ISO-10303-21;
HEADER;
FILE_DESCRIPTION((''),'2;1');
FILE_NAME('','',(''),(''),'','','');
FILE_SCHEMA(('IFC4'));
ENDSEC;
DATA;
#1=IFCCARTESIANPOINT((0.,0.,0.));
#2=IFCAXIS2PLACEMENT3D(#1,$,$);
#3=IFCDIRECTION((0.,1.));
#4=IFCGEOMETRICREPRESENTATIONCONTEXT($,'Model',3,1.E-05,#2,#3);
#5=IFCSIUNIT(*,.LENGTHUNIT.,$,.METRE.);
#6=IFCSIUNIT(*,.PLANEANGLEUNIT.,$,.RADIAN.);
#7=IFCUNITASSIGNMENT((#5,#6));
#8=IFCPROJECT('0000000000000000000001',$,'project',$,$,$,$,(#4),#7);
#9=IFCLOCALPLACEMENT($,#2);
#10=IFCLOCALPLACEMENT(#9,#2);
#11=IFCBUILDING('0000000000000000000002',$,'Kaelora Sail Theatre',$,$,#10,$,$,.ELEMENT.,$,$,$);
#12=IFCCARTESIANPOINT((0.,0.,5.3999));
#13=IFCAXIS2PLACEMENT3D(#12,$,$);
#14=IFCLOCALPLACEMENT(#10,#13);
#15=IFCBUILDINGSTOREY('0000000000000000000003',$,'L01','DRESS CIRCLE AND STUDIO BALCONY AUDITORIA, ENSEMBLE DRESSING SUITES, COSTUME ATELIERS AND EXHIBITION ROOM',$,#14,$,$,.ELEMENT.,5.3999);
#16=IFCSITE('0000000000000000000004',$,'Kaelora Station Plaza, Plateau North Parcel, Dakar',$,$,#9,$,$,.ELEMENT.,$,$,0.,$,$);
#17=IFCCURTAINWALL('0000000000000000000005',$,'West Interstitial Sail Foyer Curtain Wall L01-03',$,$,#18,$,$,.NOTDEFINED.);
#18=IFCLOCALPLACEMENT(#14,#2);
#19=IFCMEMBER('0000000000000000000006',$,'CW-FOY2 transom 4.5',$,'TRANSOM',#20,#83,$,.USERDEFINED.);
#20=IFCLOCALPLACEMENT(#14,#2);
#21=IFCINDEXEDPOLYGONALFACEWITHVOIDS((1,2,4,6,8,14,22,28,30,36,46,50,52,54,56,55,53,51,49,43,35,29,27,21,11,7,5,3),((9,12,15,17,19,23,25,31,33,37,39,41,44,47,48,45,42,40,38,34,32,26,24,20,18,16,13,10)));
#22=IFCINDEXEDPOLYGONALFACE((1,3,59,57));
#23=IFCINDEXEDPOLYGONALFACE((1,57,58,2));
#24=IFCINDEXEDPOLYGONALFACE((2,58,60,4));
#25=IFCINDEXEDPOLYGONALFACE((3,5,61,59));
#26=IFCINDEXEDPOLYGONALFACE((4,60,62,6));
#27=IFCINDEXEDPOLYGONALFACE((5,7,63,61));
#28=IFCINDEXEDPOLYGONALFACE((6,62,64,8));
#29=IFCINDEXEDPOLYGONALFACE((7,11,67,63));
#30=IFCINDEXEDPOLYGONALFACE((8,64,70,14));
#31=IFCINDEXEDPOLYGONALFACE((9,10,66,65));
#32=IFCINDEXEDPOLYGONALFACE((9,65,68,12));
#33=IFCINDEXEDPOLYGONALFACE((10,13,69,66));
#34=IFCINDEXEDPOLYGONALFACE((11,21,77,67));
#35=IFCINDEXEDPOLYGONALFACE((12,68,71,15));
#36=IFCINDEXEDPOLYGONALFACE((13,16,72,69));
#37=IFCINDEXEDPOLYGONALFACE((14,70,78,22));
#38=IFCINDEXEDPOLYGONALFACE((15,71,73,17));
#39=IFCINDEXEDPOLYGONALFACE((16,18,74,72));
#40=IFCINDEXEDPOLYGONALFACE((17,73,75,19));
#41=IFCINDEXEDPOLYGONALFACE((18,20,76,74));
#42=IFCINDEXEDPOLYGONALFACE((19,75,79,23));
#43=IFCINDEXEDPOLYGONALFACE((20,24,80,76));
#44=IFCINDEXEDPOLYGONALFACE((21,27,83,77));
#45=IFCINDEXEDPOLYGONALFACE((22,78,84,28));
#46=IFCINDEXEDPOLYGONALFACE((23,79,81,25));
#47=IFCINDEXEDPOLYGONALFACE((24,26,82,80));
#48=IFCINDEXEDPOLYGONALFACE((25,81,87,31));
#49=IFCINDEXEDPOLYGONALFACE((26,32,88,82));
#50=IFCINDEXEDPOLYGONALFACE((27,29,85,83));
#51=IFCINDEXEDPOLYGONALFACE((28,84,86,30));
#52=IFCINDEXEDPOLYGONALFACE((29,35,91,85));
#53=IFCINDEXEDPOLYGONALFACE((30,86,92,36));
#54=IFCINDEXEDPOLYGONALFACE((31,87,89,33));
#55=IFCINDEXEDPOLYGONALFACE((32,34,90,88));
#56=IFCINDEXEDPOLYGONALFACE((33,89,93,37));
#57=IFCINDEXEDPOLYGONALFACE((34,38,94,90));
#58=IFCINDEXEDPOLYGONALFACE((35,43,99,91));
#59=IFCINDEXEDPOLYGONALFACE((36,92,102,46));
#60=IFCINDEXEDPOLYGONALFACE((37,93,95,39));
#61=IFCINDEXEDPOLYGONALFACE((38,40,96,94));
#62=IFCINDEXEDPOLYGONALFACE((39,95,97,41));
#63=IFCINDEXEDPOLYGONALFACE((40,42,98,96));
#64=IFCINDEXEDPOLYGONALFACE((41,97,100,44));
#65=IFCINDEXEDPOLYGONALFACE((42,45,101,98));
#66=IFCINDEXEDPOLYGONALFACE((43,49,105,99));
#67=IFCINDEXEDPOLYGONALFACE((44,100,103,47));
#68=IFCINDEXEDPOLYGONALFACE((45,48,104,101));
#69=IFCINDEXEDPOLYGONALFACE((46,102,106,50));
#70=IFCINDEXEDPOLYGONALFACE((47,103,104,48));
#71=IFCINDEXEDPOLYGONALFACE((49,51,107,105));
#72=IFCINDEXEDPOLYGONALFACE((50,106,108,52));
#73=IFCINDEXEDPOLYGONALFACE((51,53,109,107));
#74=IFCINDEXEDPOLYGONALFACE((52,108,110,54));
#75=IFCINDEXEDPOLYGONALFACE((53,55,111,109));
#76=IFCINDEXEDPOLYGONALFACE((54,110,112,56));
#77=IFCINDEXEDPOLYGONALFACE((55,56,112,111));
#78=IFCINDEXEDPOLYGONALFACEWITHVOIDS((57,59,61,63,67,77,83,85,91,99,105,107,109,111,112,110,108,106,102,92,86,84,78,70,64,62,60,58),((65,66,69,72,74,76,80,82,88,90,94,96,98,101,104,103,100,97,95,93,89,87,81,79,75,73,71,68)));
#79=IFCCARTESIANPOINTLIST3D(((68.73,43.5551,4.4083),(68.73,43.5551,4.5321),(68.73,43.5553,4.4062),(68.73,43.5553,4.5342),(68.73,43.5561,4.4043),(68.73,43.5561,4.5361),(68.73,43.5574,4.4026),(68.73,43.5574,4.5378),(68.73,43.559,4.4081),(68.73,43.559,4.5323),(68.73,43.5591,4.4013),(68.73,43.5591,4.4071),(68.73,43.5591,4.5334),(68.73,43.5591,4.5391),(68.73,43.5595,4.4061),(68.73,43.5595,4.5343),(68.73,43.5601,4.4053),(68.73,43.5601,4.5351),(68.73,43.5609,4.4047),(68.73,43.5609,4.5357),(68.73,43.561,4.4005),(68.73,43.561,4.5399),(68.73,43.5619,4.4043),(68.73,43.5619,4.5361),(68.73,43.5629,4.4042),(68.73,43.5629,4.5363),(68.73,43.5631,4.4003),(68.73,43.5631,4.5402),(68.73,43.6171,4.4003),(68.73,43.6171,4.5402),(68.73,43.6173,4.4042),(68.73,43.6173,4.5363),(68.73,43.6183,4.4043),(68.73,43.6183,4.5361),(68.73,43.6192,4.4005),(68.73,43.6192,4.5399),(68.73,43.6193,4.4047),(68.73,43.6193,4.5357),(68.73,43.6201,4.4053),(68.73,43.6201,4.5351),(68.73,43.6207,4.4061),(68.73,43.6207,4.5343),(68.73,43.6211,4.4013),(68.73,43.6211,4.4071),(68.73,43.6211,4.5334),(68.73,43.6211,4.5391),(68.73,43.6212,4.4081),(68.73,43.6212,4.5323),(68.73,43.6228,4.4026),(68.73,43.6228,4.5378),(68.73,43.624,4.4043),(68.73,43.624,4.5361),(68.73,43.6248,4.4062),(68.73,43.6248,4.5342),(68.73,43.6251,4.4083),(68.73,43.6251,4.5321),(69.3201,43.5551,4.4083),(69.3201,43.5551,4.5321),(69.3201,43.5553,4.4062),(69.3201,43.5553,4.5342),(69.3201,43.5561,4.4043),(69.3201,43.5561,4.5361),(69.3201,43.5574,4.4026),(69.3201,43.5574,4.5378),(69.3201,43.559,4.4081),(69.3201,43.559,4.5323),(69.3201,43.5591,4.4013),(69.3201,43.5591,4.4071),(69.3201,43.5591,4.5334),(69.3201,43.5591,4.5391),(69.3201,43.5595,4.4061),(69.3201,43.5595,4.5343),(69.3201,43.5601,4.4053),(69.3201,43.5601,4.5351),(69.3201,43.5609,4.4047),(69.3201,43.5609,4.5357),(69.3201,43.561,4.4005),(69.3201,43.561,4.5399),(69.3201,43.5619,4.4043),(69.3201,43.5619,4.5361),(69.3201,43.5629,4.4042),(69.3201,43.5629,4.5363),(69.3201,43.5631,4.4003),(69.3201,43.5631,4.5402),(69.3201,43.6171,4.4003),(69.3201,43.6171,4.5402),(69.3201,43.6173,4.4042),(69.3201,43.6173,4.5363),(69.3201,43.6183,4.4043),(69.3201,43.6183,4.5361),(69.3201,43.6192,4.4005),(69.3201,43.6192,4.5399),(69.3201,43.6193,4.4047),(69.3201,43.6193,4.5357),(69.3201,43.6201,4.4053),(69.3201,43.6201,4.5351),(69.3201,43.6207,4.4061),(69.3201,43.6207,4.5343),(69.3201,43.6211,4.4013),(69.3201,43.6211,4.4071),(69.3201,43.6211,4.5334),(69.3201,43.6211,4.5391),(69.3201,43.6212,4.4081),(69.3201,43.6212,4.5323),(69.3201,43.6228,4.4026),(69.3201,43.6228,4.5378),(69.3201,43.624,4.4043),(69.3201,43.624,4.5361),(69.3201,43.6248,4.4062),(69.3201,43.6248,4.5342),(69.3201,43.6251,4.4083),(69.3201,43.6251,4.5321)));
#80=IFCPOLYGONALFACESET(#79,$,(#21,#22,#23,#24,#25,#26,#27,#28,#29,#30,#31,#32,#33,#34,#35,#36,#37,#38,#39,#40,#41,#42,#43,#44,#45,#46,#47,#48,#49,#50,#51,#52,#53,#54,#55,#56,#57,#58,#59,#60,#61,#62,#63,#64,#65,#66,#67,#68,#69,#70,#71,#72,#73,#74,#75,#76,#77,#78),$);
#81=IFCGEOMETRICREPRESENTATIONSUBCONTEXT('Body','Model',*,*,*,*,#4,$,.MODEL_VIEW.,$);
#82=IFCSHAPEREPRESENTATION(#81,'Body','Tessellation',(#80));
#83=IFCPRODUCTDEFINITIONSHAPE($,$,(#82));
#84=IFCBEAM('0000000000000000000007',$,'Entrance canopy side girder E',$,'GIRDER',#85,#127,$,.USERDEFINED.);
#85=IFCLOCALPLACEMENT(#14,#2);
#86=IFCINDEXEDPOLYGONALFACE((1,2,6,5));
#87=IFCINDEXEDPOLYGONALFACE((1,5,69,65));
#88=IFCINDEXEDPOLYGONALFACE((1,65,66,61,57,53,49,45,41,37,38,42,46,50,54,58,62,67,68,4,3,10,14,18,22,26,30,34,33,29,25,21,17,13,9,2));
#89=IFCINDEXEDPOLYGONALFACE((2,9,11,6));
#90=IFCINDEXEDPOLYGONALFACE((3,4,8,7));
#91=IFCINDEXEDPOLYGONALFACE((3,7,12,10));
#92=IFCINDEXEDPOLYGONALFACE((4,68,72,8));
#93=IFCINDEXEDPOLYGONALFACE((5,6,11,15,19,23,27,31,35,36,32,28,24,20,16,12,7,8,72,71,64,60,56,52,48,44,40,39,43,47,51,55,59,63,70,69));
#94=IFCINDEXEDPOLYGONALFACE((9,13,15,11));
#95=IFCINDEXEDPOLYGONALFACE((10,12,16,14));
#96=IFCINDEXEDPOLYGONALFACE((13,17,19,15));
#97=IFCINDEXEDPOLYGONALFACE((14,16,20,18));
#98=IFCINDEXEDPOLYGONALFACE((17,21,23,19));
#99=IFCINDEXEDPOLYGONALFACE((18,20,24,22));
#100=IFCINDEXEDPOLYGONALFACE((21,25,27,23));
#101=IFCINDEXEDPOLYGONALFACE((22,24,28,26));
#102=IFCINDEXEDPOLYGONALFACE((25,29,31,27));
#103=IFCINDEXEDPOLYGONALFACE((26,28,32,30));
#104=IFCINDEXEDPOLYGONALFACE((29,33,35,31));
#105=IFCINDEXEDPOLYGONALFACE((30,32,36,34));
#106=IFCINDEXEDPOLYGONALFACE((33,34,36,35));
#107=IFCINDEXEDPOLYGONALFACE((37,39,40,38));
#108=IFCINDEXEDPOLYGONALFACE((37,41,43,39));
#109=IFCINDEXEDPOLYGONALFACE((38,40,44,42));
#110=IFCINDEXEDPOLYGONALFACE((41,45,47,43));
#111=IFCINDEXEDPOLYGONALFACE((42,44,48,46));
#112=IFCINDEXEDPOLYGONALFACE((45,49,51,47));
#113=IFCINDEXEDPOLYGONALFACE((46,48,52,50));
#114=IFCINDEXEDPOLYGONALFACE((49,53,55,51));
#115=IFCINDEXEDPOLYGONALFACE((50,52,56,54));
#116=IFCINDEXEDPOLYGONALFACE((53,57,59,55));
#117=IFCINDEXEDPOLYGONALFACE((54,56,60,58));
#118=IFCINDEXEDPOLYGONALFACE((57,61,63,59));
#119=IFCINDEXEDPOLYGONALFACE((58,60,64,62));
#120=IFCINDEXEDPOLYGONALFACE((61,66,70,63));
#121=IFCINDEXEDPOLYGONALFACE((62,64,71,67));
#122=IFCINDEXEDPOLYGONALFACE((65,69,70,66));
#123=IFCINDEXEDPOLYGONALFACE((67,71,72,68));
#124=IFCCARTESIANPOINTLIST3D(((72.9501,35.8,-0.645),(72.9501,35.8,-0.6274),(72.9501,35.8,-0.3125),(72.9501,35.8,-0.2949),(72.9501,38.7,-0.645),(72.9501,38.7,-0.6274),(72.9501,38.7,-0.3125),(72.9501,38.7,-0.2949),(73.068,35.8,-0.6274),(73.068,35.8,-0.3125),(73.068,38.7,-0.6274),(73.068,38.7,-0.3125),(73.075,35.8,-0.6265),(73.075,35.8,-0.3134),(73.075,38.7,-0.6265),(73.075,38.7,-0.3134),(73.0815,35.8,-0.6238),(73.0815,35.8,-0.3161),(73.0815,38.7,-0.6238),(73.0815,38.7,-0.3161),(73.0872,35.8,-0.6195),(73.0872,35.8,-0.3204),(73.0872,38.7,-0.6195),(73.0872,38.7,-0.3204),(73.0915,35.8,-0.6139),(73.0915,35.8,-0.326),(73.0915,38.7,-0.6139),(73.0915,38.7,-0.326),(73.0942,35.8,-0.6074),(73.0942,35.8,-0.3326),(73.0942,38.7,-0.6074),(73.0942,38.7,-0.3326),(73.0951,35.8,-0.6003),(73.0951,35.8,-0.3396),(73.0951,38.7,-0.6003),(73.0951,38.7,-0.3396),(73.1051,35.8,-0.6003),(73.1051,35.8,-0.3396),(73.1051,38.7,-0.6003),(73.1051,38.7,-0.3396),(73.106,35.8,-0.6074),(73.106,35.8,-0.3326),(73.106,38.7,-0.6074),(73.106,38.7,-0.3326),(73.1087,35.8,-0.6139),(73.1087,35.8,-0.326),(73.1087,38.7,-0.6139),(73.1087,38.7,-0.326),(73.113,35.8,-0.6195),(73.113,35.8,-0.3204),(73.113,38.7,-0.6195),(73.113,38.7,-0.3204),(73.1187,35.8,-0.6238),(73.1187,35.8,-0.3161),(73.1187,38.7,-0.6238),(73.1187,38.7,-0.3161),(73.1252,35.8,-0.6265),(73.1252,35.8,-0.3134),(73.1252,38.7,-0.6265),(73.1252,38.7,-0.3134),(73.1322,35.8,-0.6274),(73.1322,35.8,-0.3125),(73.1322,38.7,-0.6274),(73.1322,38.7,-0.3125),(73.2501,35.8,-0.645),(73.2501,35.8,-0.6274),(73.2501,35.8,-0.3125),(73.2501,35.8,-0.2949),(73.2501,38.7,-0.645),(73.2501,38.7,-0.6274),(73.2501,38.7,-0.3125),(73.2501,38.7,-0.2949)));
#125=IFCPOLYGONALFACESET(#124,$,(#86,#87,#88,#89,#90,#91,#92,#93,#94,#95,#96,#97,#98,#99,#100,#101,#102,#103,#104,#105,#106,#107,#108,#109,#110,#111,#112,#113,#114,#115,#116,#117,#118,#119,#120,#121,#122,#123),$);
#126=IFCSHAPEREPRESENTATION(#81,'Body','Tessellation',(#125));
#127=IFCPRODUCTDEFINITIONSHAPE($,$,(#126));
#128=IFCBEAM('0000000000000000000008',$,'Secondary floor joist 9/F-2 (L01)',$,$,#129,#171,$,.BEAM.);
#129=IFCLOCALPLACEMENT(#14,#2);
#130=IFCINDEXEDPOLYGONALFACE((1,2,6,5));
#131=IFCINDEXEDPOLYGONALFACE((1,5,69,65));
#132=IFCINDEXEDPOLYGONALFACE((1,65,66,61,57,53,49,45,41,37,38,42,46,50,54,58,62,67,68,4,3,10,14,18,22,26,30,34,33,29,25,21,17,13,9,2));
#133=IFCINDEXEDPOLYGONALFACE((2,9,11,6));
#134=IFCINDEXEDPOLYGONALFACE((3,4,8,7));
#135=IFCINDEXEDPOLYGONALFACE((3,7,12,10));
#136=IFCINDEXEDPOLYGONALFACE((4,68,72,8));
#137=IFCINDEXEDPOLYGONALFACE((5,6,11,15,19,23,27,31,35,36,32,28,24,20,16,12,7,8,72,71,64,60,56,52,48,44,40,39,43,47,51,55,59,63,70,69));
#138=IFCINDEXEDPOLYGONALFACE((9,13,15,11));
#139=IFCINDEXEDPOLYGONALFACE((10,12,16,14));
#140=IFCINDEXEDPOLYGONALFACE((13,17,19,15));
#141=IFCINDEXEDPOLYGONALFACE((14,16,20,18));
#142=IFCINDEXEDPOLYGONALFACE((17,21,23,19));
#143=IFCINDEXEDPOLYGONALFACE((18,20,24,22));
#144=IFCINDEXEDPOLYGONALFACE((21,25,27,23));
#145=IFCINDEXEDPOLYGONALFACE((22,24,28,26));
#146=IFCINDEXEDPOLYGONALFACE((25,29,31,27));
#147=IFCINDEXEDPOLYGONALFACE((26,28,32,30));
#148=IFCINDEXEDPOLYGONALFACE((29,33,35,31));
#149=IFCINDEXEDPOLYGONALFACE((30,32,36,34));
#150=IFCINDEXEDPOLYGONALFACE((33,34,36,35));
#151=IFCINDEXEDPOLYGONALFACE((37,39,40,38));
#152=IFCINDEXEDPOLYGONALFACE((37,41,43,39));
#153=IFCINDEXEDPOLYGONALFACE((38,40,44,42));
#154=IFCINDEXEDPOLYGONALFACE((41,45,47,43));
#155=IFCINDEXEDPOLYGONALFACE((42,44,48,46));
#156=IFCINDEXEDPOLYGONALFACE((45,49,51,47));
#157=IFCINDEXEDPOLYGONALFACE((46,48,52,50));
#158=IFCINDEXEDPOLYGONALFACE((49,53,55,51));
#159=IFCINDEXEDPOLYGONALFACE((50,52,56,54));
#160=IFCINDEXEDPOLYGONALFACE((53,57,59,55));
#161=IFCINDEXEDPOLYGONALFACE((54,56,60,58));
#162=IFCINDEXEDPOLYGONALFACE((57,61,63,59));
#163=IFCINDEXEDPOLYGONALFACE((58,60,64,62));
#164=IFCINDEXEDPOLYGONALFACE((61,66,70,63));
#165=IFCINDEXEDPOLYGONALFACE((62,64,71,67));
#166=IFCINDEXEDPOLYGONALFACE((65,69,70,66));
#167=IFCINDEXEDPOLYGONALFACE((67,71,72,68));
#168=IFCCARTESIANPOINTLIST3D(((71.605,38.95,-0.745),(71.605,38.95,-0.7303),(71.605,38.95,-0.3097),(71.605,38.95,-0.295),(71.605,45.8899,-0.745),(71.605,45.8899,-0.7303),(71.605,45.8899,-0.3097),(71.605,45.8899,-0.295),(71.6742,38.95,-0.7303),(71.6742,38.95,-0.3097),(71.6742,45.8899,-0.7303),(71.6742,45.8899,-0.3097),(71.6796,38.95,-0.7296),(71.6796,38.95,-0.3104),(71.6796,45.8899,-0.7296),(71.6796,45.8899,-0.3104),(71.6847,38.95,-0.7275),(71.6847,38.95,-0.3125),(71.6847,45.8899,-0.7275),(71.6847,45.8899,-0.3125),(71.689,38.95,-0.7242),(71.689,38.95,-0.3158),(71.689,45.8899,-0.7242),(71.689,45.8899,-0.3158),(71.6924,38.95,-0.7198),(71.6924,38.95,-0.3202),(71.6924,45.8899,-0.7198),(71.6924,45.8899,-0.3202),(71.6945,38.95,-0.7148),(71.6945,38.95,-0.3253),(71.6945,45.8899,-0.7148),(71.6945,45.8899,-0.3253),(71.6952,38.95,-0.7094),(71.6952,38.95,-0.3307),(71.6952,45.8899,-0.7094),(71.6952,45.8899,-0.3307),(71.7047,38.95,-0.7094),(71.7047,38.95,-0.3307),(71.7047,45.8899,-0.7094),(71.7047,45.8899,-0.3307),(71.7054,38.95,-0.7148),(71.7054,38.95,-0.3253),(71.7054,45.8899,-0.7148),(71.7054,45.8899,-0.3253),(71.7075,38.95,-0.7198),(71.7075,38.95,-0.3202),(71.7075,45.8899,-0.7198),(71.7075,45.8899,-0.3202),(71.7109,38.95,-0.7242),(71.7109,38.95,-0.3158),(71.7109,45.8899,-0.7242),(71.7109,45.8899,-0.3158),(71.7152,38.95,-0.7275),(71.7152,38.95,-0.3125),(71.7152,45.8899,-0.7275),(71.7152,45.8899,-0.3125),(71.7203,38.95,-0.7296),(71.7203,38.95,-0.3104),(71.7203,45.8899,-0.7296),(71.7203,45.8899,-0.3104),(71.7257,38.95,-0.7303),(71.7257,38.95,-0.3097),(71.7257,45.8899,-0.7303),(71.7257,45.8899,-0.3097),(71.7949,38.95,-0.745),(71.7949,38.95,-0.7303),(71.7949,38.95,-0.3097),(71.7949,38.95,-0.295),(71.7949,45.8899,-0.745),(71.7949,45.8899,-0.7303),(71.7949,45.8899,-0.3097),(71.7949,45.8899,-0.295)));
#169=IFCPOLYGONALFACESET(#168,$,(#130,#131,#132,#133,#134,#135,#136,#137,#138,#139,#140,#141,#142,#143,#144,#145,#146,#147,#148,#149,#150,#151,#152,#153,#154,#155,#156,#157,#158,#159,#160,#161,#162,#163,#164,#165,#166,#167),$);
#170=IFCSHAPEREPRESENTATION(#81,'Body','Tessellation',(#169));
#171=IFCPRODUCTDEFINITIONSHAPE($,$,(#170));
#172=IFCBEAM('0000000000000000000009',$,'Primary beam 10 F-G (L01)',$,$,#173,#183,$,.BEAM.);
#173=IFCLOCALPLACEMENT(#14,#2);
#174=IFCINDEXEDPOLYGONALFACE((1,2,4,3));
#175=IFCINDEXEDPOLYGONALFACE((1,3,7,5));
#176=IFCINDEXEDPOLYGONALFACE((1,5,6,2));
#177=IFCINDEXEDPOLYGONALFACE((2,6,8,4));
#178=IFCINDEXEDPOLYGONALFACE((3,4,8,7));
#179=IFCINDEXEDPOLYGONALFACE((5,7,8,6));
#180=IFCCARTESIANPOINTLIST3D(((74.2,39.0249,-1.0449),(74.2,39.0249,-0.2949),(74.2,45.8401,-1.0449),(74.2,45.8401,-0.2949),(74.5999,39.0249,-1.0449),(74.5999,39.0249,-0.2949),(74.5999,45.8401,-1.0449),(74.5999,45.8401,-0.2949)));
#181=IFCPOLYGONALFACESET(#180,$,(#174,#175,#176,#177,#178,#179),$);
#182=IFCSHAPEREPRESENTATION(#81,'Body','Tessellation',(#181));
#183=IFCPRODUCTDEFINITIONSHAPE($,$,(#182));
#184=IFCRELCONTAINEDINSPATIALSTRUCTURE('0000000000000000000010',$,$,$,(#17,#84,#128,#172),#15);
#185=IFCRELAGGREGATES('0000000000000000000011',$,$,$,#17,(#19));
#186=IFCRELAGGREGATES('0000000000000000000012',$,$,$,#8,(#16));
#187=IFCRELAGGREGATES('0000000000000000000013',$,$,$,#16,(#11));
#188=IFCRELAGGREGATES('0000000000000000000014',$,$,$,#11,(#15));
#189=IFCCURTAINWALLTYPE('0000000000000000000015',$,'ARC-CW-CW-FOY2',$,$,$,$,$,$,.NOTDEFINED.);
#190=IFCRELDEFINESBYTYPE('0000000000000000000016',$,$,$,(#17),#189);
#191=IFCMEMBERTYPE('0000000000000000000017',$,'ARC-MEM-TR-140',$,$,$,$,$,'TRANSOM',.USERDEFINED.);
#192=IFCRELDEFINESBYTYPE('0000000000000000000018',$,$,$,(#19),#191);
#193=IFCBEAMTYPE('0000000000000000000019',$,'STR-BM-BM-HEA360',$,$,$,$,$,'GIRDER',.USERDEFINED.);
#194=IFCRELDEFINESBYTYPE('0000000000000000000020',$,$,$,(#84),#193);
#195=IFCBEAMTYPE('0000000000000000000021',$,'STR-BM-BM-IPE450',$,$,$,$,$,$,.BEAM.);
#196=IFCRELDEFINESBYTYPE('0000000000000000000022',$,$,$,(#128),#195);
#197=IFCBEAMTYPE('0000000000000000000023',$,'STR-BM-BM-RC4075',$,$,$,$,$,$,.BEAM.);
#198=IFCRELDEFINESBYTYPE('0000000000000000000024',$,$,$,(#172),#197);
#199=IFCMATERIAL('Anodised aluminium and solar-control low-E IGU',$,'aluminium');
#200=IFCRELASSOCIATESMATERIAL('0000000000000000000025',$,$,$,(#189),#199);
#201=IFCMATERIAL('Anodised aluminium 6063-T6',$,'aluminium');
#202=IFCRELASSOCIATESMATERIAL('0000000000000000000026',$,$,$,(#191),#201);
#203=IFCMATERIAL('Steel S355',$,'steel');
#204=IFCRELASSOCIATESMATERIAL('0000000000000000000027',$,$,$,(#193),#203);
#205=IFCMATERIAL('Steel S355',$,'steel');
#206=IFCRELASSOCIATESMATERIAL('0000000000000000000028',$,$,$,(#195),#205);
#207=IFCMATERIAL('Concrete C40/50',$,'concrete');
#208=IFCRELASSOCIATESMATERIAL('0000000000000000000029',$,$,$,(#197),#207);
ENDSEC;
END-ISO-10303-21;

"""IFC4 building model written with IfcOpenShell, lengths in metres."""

from ifc_helpers import new_model, si_unit, direction, frame, origin, origin_2d, place, context, subcontext, project, spatial, rectangle, hollow_rectangle, i_section, extrude, material, material_profile, profile_set, type_object, element, aggregate, save


model = new_model("IFC4")

# Units and contexts
model_context = context("Model", 3, precision=1e-05, world=origin(), true_north=direction((0.0, 1.0)))
body_context = subcontext(model_context, "Body", "Model", "MODEL_VIEW")
ifc_project = project(units=[si_unit("LENGTHUNIT", "METRE"), si_unit("PLANEANGLEUNIT", "RADIAN")], contexts=[model_context])

# Site, building, storey
site_placement = place(None, origin())
site = spatial("IfcSite", under=ifc_project, at=site_placement, Name="Kaelora Station Plaza, Plateau North Parcel, Dakar", CompositionType="ELEMENT", RefElevation=0.0)
building_placement = place(site_placement, origin())
building = spatial("IfcBuilding", under=site, at=building_placement, Name="Kaelora Sail Theatre", CompositionType="ELEMENT")
storey_placement = place(building_placement, frame((0.0, 0.0, 5.3999)))
storey = spatial("IfcBuildingStorey", under=building, at=storey_placement, Name="L01", Description="DRESS CIRCLE AND STUDIO BALCONY AUDITORIA, ENSEMBLE DRESSING SUITES, COSTUME ATELIERS AND EXHIBITION ROOM", CompositionType="ELEMENT", Elevation=5.3999)

# Curtain wall, member
ifc_material_1 = material(Name="Anodised aluminium and solar-control low-E IGU", Category="aluminium")
curtain_wall_type = type_object("IfcCurtainWallType", Name="ARC-CW-CW-FOY2", PredefinedType="NOTDEFINED", material=ifc_material_1)
curtain_wall_placement = place(storey_placement, origin())
curtain_wall = element("IfcCurtainWall", 1, at=curtain_wall_placement, inside=storey, type_object=curtain_wall_type, Name="West Interstitial Sail Foyer Curtain Wall L01-03", PredefinedType="NOTDEFINED")
ifc_material_2 = material(Name="Anodised aluminium 6063-T6", Category="aluminium")
ifc_material_profile_1 = material_profile(ifc_material_2, hollow_rectangle(XDim=0.0701, YDim=0.1399, WallThickness=0.0039, InnerFilletRadius=0.0039, OuterFilletRadius=0.0081, at=origin_2d()), Name="ALU-TRAN 70x140x4")
ifc_profile_set_1 = profile_set([ifc_material_profile_1], Name="Anodised aluminium 6063-T6")
member_type_1 = type_object("IfcMemberType", Name="ARC-MEM-TR-140", ElementType="TRANSOM", PredefinedType="USERDEFINED", material=ifc_profile_set_1)
member_1_placement = place(storey_placement, frame((68.73, 43.5901, 4.4702), z_axis=(1.0, 0.0, 0.0), x_axis=(0.0, 1.0, 0.0)))
member_1 = element("IfcMember", 2, at=member_1_placement, type_object=member_type_1, Name="CW-FOY2 transom 4.5", ObjectType="TRANSOM", PredefinedType="USERDEFINED", context=body_context, shape_type="SweptSolid", body=[
    extrude(hollow_rectangle(XDim=0.0701, YDim=0.1399, WallThickness=0.0039, InnerFilletRadius=0.0039, OuterFilletRadius=0.0081, at=origin_2d()), origin(), (0.0, 0.0, 1.0), 0.5901),
])

# Beams
ifc_material_3 = material(Name="Steel S355", Category="steel")
ifc_material_profile_2 = material_profile(ifc_material_3, i_section(OverallWidth=0.3, OverallDepth=0.3501, WebThickness=0.01, FlangeThickness=0.0176, FilletRadius=0.0271, at=origin_2d()), Name="HEA 360")
ifc_profile_set_2 = profile_set([ifc_material_profile_2], Name="Steel S355")
beam_type_1 = type_object("IfcBeamType", Name="STR-BM-BM-HEA360", ElementType="GIRDER", PredefinedType="USERDEFINED", material=ifc_profile_set_2)
beam_1_placement = place(storey_placement, frame((73.1001, 35.8, -0.47), z_axis=(0.0, 1.0, 0.0), x_axis=(-1.0, 0.0, 0.0)))
element("IfcBeam", 3, at=beam_1_placement, inside=storey, type_object=beam_type_1, Name="Entrance canopy side girder E", ObjectType="GIRDER", PredefinedType="USERDEFINED", context=body_context, shape_type="SweptSolid", body=[
    extrude(i_section(OverallWidth=0.3, OverallDepth=0.3501, WebThickness=0.01, FlangeThickness=0.0176, FilletRadius=0.0271, at=origin_2d()), origin(), (0.0, 0.0, 1.0), 2.8999),
])
ifc_material_4 = material(Name="Steel S355", Category="steel")
ifc_material_profile_3 = material_profile(ifc_material_4, i_section(OverallWidth=0.1899, OverallDepth=0.45, WebThickness=0.0095, FlangeThickness=0.0146, FilletRadius=0.021, at=origin_2d()), Name="IPE 450")
ifc_profile_set_3 = profile_set([ifc_material_profile_3], Name="Steel S355")
beam_type_2 = type_object("IfcBeamType", Name="STR-BM-BM-IPE450", PredefinedType="BEAM", material=ifc_profile_set_3)
beam_2_placement = place(storey_placement, frame((71.7, 38.95, -0.52), z_axis=(0.0, 1.0, 0.0), x_axis=(-1.0, 0.0, 0.0)))
element("IfcBeam", 4, at=beam_2_placement, inside=storey, type_object=beam_type_2, Name="Secondary floor joist 9/F-2 (L01)", PredefinedType="BEAM", context=body_context, shape_type="SweptSolid", body=[
    extrude(i_section(OverallWidth=0.1899, OverallDepth=0.45, WebThickness=0.0095, FlangeThickness=0.0146, FilletRadius=0.021, at=origin_2d()), origin(), (0.0, 0.0, 1.0), 6.9399),
])
ifc_material_5 = material(Name="Concrete C40/50", Category="concrete")
ifc_material_profile_4 = material_profile(ifc_material_5, rectangle(XDim=0.3999, YDim=0.75, at=origin_2d()), Name="RC-BM 400x750")
ifc_profile_set_4 = profile_set([ifc_material_profile_4], Name="Concrete C40/50")
beam_type_3 = type_object("IfcBeamType", Name="STR-BM-BM-RC4075", PredefinedType="BEAM", material=ifc_profile_set_4)
beam_3_placement = place(storey_placement, frame((74.3999, 39.0249, -0.6699), z_axis=(0.0, 1.0, 0.0), x_axis=(-1.0, 0.0, 0.0)))
element("IfcBeam", 5, at=beam_3_placement, inside=storey, type_object=beam_type_3, Name="Primary beam 10 F-G (L01)", PredefinedType="BEAM", context=body_context, shape_type="SweptSolid", body=[
    extrude(rectangle(XDim=0.3999, YDim=0.75, at=origin_2d()), origin(), (0.0, 0.0, 1.0), 6.8152),
])

aggregate(curtain_wall, [member_1])

save(model, "model.ifc")
